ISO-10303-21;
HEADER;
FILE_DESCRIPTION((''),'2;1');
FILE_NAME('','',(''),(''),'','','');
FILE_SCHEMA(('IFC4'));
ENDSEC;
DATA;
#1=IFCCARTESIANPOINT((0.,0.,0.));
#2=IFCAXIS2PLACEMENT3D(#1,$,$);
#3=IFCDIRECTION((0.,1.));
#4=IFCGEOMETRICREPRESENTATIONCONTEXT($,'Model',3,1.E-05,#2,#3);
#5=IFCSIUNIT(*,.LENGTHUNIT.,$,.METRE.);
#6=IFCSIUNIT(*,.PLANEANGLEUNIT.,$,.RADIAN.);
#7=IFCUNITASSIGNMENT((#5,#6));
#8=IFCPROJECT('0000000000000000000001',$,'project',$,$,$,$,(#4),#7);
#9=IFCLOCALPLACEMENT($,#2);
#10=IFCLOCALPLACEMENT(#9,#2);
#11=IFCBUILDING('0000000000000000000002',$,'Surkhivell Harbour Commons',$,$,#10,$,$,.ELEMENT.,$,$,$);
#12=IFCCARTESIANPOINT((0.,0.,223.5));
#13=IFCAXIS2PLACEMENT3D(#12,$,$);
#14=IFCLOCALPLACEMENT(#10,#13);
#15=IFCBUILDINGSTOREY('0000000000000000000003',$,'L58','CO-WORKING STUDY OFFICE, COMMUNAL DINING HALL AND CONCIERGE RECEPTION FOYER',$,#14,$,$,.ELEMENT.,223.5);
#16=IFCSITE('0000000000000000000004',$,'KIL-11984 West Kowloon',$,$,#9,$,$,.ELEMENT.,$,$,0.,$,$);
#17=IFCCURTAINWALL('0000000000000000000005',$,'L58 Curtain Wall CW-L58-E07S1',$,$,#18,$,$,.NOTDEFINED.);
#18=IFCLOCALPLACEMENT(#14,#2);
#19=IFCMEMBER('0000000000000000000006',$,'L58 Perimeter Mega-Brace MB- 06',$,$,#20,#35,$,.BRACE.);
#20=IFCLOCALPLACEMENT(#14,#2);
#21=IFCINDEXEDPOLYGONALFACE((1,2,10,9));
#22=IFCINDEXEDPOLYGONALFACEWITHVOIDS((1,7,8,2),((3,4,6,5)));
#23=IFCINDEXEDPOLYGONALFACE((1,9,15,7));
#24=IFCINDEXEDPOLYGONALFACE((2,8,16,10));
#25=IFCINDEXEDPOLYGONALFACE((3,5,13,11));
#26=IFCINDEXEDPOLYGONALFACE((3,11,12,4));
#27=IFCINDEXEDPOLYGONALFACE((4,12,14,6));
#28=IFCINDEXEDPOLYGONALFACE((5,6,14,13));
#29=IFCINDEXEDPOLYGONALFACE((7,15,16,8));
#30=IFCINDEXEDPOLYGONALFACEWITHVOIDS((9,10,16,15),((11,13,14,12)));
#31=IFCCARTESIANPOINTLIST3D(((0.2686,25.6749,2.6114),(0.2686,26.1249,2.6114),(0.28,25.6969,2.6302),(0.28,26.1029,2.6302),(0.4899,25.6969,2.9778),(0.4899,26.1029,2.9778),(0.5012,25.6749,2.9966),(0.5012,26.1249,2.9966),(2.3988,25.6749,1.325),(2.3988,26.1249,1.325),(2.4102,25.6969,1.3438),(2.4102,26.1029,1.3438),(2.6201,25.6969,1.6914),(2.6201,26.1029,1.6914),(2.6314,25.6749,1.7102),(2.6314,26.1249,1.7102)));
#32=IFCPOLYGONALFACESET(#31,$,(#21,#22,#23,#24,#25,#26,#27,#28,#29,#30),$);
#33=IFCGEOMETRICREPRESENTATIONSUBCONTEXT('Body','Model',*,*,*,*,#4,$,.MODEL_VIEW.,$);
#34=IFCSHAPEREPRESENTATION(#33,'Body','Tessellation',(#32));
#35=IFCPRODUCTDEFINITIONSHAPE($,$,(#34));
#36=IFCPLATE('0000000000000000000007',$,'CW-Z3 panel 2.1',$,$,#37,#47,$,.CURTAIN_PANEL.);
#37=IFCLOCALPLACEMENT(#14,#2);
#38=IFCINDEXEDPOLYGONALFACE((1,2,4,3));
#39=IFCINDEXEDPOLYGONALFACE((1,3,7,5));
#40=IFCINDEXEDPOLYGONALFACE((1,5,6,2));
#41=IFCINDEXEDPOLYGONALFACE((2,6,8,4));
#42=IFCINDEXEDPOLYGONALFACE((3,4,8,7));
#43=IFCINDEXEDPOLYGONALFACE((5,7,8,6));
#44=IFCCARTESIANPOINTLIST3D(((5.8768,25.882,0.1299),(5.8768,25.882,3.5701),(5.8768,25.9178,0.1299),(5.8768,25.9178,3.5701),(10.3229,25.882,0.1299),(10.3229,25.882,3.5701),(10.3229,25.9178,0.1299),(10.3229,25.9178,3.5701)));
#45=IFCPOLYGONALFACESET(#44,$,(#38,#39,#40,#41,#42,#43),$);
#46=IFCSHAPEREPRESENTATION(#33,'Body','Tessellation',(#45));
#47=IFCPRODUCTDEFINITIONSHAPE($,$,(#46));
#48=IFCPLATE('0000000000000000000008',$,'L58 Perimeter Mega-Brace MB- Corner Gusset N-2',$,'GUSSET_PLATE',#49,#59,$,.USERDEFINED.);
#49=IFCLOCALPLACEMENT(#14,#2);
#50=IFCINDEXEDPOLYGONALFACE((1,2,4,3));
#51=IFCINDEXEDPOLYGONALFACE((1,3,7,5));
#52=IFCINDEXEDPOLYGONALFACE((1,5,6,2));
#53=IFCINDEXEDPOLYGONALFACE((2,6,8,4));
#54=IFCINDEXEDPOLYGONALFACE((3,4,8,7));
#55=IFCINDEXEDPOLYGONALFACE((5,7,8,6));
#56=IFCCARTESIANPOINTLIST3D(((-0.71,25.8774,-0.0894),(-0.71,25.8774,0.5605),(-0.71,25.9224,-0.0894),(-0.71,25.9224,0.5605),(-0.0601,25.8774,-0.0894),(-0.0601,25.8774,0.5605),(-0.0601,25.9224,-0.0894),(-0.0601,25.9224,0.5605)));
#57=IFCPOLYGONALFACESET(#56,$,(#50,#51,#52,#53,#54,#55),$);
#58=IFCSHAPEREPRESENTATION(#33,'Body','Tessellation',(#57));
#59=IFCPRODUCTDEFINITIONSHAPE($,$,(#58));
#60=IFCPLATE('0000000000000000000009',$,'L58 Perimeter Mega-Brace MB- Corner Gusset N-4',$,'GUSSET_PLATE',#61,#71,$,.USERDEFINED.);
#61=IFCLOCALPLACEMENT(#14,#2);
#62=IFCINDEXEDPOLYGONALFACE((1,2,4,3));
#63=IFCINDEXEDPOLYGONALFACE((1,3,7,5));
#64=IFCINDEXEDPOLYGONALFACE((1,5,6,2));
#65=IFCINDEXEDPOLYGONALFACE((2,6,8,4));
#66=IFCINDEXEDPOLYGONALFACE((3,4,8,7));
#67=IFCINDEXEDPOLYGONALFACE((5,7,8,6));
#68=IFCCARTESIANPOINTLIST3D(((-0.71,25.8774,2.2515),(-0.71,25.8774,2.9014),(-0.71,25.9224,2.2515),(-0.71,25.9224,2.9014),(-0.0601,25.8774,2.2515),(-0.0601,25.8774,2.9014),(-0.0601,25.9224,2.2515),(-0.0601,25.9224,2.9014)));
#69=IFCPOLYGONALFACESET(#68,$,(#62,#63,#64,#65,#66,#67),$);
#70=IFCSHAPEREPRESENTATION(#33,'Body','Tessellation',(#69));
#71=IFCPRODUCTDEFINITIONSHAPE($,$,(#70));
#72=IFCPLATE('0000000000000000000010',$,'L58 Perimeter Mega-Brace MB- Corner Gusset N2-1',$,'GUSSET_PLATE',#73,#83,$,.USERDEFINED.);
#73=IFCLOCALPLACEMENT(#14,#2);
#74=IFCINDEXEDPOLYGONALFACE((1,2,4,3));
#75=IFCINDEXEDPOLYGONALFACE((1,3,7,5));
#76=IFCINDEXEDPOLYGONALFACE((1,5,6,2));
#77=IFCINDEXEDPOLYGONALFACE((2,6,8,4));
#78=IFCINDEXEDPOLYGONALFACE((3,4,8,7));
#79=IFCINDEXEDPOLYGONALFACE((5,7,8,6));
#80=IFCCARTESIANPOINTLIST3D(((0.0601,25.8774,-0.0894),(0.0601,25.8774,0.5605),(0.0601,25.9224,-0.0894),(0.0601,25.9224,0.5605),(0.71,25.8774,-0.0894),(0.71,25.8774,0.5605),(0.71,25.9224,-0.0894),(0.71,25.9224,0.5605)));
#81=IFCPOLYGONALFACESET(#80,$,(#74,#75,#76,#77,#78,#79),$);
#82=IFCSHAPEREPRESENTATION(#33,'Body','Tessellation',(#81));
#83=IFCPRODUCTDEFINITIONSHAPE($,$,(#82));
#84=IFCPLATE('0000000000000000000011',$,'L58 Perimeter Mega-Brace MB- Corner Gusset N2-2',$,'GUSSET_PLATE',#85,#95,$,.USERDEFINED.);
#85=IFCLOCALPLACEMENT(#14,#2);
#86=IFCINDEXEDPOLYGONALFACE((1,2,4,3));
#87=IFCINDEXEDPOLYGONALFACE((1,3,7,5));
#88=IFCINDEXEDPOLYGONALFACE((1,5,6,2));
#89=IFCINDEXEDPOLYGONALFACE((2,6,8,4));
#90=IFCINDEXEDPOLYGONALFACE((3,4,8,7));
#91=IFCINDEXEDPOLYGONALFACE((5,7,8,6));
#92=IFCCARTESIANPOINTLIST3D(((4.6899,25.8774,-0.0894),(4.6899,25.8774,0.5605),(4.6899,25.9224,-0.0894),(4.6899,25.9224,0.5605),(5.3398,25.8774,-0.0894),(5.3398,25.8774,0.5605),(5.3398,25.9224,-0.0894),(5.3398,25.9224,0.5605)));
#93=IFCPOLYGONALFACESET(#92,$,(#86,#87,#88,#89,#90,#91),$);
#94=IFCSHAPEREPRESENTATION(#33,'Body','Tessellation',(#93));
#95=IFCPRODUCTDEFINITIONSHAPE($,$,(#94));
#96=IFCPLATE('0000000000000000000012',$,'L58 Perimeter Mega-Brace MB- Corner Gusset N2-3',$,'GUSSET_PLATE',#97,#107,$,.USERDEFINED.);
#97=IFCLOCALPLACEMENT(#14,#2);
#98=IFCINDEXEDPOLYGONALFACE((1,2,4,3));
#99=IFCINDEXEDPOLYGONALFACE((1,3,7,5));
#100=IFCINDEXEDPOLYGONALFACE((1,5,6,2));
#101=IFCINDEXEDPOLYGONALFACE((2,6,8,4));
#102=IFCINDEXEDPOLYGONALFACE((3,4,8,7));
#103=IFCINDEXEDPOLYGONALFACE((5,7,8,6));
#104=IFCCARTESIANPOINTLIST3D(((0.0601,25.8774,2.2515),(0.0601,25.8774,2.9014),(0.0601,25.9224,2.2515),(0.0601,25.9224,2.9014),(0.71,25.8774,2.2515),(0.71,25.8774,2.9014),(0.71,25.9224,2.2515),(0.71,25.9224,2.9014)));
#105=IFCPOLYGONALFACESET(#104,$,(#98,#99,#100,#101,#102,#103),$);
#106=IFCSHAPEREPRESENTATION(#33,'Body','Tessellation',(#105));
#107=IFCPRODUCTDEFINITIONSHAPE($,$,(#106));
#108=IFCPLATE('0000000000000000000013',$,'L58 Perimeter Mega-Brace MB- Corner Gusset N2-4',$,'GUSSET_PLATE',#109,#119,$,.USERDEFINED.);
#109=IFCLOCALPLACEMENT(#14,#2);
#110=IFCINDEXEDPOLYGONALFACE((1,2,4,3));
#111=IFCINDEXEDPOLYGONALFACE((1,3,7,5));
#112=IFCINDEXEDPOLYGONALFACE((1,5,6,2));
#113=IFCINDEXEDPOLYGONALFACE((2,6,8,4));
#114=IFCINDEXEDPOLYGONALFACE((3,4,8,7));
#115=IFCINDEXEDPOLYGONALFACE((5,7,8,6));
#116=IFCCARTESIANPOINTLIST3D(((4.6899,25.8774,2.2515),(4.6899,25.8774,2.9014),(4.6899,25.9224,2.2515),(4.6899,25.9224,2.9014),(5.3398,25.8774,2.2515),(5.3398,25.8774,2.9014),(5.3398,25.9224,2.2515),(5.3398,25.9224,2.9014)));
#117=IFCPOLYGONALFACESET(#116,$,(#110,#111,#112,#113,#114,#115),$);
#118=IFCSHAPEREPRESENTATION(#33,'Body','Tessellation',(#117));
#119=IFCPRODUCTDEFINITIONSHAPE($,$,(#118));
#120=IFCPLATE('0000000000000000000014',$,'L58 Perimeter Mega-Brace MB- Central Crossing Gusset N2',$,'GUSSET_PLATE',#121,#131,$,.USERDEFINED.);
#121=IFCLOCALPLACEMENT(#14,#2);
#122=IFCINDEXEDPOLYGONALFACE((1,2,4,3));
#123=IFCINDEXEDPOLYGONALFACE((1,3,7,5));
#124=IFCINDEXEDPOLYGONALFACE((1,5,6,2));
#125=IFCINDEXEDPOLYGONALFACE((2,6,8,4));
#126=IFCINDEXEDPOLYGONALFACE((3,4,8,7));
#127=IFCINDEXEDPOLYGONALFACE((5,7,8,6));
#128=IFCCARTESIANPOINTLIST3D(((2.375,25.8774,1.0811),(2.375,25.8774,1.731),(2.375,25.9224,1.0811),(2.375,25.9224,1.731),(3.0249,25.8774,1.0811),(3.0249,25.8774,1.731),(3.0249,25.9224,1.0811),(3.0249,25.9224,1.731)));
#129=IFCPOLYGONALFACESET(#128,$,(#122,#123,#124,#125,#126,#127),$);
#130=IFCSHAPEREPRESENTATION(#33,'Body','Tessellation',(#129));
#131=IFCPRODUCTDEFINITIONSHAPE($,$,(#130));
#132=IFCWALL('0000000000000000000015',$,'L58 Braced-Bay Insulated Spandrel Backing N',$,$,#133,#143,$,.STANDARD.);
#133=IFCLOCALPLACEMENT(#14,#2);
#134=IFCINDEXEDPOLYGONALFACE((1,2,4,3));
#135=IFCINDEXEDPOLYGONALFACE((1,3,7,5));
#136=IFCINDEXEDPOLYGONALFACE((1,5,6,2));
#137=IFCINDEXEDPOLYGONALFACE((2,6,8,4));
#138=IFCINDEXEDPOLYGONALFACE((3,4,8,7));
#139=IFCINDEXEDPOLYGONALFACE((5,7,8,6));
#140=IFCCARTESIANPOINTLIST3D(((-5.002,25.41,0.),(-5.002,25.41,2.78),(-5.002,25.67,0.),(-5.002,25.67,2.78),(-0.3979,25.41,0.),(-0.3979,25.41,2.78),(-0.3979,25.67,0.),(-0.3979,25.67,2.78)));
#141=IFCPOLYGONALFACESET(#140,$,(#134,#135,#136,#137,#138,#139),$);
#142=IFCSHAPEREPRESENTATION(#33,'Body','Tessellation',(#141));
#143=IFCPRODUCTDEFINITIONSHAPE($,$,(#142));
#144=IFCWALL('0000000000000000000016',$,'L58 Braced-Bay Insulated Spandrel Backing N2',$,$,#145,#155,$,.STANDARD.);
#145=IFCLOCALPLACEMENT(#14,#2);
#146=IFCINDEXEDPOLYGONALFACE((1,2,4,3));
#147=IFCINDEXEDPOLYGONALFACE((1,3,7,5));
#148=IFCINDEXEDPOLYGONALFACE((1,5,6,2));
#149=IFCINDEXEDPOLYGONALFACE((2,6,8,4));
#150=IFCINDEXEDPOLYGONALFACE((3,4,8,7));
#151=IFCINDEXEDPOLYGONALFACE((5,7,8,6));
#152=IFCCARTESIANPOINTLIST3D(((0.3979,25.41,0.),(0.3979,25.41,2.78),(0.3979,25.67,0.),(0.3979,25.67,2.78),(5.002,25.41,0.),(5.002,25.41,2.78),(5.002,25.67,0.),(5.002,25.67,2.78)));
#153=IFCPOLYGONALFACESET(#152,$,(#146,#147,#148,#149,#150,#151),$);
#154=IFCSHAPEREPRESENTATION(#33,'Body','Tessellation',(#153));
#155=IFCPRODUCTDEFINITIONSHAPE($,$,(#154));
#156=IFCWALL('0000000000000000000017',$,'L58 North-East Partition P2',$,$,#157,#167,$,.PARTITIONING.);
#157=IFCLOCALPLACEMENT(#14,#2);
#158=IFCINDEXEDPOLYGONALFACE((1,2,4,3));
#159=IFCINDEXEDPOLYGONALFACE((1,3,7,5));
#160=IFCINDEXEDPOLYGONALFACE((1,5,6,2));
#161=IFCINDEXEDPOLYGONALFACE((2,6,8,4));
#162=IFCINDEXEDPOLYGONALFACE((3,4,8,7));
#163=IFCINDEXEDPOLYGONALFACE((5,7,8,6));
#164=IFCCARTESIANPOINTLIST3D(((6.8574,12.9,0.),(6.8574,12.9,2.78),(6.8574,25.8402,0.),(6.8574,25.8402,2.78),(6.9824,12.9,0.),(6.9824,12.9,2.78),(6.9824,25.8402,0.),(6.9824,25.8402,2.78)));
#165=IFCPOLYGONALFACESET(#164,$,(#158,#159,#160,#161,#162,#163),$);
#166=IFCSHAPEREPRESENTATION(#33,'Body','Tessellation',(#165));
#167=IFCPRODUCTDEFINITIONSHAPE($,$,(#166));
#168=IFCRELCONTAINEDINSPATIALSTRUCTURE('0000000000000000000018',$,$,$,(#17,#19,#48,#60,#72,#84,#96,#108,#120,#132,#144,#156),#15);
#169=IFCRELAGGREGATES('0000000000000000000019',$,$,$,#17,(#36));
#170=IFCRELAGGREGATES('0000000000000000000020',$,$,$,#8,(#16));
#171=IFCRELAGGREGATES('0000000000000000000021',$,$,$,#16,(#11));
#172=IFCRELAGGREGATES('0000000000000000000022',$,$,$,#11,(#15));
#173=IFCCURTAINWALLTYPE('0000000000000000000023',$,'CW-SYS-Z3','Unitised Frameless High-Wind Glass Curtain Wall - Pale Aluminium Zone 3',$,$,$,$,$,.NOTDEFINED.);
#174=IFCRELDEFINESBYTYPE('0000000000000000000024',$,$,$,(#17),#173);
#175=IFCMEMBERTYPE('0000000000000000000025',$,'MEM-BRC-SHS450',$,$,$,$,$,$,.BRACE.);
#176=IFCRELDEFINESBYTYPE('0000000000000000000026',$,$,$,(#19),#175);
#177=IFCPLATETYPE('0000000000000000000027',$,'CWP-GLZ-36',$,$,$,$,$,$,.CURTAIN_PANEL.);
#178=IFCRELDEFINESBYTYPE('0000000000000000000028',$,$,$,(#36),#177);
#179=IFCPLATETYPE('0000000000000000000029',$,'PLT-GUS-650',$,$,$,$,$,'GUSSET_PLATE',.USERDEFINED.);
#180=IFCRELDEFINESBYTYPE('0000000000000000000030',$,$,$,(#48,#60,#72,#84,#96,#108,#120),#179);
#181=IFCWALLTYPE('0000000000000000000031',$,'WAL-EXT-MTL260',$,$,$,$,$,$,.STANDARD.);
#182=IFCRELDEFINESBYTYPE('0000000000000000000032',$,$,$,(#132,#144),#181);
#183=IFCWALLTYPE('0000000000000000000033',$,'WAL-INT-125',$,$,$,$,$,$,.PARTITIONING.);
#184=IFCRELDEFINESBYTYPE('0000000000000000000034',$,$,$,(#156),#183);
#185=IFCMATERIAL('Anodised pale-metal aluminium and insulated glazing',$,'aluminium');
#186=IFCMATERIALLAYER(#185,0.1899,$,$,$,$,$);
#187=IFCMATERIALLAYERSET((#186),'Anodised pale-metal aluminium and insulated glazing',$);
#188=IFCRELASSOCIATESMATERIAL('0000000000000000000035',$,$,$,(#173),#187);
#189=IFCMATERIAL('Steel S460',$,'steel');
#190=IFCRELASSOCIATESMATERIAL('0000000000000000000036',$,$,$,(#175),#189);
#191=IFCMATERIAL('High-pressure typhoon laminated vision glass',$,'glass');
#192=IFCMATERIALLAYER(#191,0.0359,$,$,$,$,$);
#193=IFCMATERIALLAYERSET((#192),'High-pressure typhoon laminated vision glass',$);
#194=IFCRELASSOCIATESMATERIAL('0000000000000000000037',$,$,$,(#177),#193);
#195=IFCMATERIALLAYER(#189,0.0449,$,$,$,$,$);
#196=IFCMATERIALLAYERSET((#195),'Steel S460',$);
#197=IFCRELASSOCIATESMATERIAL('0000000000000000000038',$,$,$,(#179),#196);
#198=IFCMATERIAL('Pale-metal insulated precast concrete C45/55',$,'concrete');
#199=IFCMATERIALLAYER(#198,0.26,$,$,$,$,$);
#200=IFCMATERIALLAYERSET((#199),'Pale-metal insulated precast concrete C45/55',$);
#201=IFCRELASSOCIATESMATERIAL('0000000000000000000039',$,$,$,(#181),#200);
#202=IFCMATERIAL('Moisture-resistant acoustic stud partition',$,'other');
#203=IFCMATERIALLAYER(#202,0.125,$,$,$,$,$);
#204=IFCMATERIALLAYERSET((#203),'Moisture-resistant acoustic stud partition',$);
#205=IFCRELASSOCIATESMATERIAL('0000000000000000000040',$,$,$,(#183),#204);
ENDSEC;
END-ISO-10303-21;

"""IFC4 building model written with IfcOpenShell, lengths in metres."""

from ifc_helpers import new_model, si_unit, direction, frame, frame_2d, origin, origin_2d, place, context, subcontext, project, spatial, rectangle, hollow_rectangle, extrude, material, layer, layer_set, material_profile, profile_set, type_object, element, aggregate, save


model = new_model("IFC4")

# Units and contexts
model_context = context("Model", 3, precision=1e-05, world=origin(), true_north=direction((0.0, 1.0)))
body_context = subcontext(model_context, "Body", "Model", "MODEL_VIEW")
ifc_project = project(units=[si_unit("LENGTHUNIT", "METRE"), si_unit("PLANEANGLEUNIT", "RADIAN")], contexts=[model_context])

# Site, building, storey
site_placement = place(None, origin())
site = spatial("IfcSite", under=ifc_project, at=site_placement, Name="KIL-11984 West Kowloon", CompositionType="ELEMENT", RefElevation=0.0)
building_placement = place(site_placement, origin())
building = spatial("IfcBuilding", under=site, at=building_placement, Name="Surkhivell Harbour Commons", CompositionType="ELEMENT")
storey_placement = place(building_placement, frame((0.0, 0.0, 223.5)))
storey = spatial("IfcBuildingStorey", under=building, at=storey_placement, Name="L58", Description="CO-WORKING STUDY OFFICE, COMMUNAL DINING HALL AND CONCIERGE RECEPTION FOYER", CompositionType="ELEMENT", Elevation=223.5)

# Curtain wall
ifc_material_1 = material(Name="Anodised pale-metal aluminium and insulated glazing", Category="aluminium")
ifc_layer_1 = layer(ifc_material_1, 0.1899)
ifc_layer_set_1 = layer_set([ifc_layer_1], Name="Anodised pale-metal aluminium and insulated glazing")
curtain_wall_type = type_object("IfcCurtainWallType", Name="CW-SYS-Z3", Description="Unitised Frameless High-Wind Glass Curtain Wall - Pale Aluminium Zone 3", PredefinedType="NOTDEFINED", material=ifc_layer_set_1)
curtain_wall_placement = place(storey_placement, origin())
curtain_wall = element("IfcCurtainWall", 1, at=curtain_wall_placement, inside=storey, type_object=curtain_wall_type, Name="L58 Curtain Wall CW-L58-E07S1", PredefinedType="NOTDEFINED")

# Member
ifc_material_2 = material(Name="Steel S460", Category="steel")
ifc_material_profile_1 = material_profile(ifc_material_2, hollow_rectangle(XDim=0.45, YDim=0.45, WallThickness=0.022, at=origin_2d()), Name="SHS450x450x22")
ifc_profile_set_1 = profile_set([ifc_material_profile_1], Name="Steel S460")
member_type_1 = type_object("IfcMemberType", Name="MEM-BRC-SHS450", PredefinedType="BRACE", material=ifc_profile_set_1)
member_1_placement = place(storey_placement, frame((2.5151, 25.8999, 1.5176), z_axis=(-0.856018, 0.0, 0.516946), x_axis=(0.0, -1.0, 0.0)))
element("IfcMember", 2, at=member_1_placement, inside=storey, type_object=member_type_1, Name="L58 Perimeter Mega-Brace MB- 06", PredefinedType="BRACE", context=body_context, shape_type="SweptSolid", body=[
    extrude(hollow_rectangle(XDim=0.45, YDim=0.45, WallThickness=0.022, at=origin_2d()), origin(), (0.0, 0.0, 1.0), 2.4885),
])

# Plate
ifc_material_3 = material(Name="High-pressure typhoon laminated vision glass", Category="glass")
ifc_layer_2 = layer(ifc_material_3, 0.0359)
ifc_layer_set_2 = layer_set([ifc_layer_2], Name="High-pressure typhoon laminated vision glass")
plate_type_1 = type_object("IfcPlateType", Name="CWP-GLZ-36", PredefinedType="CURTAIN_PANEL", material=ifc_layer_set_2)
plate_placement = place(storey_placement, frame((10.323, 25.8999, 0.1299), z_axis=(0.0, 0.0, 1.0), x_axis=(-1.0, 0.0, 0.0)))
plate = element("IfcPlate", 3, at=plate_placement, type_object=plate_type_1, Name="CW-Z3 panel 2.1", PredefinedType="CURTAIN_PANEL", context=body_context, shape_type="SweptSolid", body=[
    extrude(rectangle(XDim=4.446, YDim=0.0359, at=frame_2d((2.2231, 0.0))), origin(), (0.0, 0.0, 1.0), 3.4402),
])
aggregate(curtain_wall, [plate])

# Plates
ifc_layer_3 = layer(ifc_material_2, 0.0449)
ifc_layer_set_3 = layer_set([ifc_layer_3], Name="Steel S460")
plate_type_2 = type_object("IfcPlateType", Name="PLT-GUS-650", ElementType="GUSSET_PLATE", PredefinedType="USERDEFINED", material=ifc_layer_set_3)
for number, where, z_axis, x_axis, name in (
    (4, (-0.385, 25.8999, -0.0894), (0.0, 0.0, 1.0), (1.0, 0.0, 0.0), "L58 Perimeter Mega-Brace MB- Corner Gusset N-2"),
    (5, (-0.385, 25.8999, 2.2515), (0.0, 0.0, 1.0), (1.0, 0.0, 0.0), "L58 Perimeter Mega-Brace MB- Corner Gusset N-4"),
    (6, (0.385, 25.8999, -0.0894), (0.0, 0.0, 1.0), (1.0, 0.0, 0.0), "L58 Perimeter Mega-Brace MB- Corner Gusset N2-1"),
    (7, (5.0149, 25.8999, -0.0894), (0.0, 0.0, 1.0), (1.0, 0.0, 0.0), "L58 Perimeter Mega-Brace MB- Corner Gusset N2-2"),
    (8, (0.385, 25.8999, 2.2515), (0.0, 0.0, 1.0), (1.0, 0.0, 0.0), "L58 Perimeter Mega-Brace MB- Corner Gusset N2-3"),
    (9, (5.0149, 25.8999, 2.2515), (0.0, 0.0, 1.0), (1.0, 0.0, 0.0), "L58 Perimeter Mega-Brace MB- Corner Gusset N2-4"),
    (10, (2.7, 25.8999, 1.0811), (0.0, 0.0, 1.0), (1.0, 0.0, 0.0), "L58 Perimeter Mega-Brace MB- Central Crossing Gusset N2"),
):
    element("IfcPlate", number, at=place(storey_placement, frame(where, z_axis=z_axis, x_axis=x_axis)), inside=storey, type_object=plate_type_2, Name=name, ObjectType="GUSSET_PLATE", PredefinedType="USERDEFINED", context=body_context, shape_type="SweptSolid", body=[
        extrude(rectangle(XDim=0.6499, YDim=0.0449, at=origin_2d()), origin(), (0.0, 0.0, 1.0), 0.6499),
    ])

# Walls
ifc_material_4 = material(Name="Pale-metal insulated precast concrete C45/55", Category="concrete")
ifc_layer_4 = layer(ifc_material_4, 0.26)
ifc_layer_set_4 = layer_set([ifc_layer_4], Name="Pale-metal insulated precast concrete C45/55")
wall_type_1 = type_object("IfcWallType", Name="WAL-EXT-MTL260", PredefinedType="STANDARD", material=ifc_layer_set_4)
for number, where, z_axis, x_axis, name in (
    (11, (-0.3979, 25.54, 0.0), (0.0, 0.0, 1.0), (-1.0, 0.0, 0.0), "L58 Braced-Bay Insulated Spandrel Backing N"),
    (12, (5.002, 25.54, 0.0), (0.0, 0.0, 1.0), (-1.0, 0.0, 0.0), "L58 Braced-Bay Insulated Spandrel Backing N2"),
):
    element("IfcWall", number, at=place(storey_placement, frame(where, z_axis=z_axis, x_axis=x_axis)), inside=storey, type_object=wall_type_1, Name=name, PredefinedType="STANDARD", context=body_context, shape_type="SweptSolid", body=[
        extrude(rectangle(XDim=4.604, YDim=0.26, at=frame_2d((2.302, 0.0))), origin(), (0.0, 0.0, 1.0), 2.78),
    ])
ifc_material_5 = material(Name="Moisture-resistant acoustic stud partition", Category="other")
ifc_layer_5 = layer(ifc_material_5, 0.125)
ifc_layer_set_5 = layer_set([ifc_layer_5], Name="Moisture-resistant acoustic stud partition")
wall_type_2 = type_object("IfcWallType", Name="WAL-INT-125", PredefinedType="PARTITIONING", material=ifc_layer_set_5)
wall_placement = place(storey_placement, frame((6.9199, 12.8999, 0.0), z_axis=(0.0, 0.0, 1.0), x_axis=(0.0, 1.0, 0.0)))
element("IfcWall", 13, at=wall_placement, inside=storey, type_object=wall_type_2, Name="L58 North-East Partition P2", PredefinedType="PARTITIONING", context=body_context, shape_type="SweptSolid", body=[
    extrude(rectangle(XDim=12.9402, YDim=0.125, at=frame_2d((6.4702, 0.0))), origin(), (0.0, 0.0, 1.0), 2.78),
])

save(model, "model.ifc")
